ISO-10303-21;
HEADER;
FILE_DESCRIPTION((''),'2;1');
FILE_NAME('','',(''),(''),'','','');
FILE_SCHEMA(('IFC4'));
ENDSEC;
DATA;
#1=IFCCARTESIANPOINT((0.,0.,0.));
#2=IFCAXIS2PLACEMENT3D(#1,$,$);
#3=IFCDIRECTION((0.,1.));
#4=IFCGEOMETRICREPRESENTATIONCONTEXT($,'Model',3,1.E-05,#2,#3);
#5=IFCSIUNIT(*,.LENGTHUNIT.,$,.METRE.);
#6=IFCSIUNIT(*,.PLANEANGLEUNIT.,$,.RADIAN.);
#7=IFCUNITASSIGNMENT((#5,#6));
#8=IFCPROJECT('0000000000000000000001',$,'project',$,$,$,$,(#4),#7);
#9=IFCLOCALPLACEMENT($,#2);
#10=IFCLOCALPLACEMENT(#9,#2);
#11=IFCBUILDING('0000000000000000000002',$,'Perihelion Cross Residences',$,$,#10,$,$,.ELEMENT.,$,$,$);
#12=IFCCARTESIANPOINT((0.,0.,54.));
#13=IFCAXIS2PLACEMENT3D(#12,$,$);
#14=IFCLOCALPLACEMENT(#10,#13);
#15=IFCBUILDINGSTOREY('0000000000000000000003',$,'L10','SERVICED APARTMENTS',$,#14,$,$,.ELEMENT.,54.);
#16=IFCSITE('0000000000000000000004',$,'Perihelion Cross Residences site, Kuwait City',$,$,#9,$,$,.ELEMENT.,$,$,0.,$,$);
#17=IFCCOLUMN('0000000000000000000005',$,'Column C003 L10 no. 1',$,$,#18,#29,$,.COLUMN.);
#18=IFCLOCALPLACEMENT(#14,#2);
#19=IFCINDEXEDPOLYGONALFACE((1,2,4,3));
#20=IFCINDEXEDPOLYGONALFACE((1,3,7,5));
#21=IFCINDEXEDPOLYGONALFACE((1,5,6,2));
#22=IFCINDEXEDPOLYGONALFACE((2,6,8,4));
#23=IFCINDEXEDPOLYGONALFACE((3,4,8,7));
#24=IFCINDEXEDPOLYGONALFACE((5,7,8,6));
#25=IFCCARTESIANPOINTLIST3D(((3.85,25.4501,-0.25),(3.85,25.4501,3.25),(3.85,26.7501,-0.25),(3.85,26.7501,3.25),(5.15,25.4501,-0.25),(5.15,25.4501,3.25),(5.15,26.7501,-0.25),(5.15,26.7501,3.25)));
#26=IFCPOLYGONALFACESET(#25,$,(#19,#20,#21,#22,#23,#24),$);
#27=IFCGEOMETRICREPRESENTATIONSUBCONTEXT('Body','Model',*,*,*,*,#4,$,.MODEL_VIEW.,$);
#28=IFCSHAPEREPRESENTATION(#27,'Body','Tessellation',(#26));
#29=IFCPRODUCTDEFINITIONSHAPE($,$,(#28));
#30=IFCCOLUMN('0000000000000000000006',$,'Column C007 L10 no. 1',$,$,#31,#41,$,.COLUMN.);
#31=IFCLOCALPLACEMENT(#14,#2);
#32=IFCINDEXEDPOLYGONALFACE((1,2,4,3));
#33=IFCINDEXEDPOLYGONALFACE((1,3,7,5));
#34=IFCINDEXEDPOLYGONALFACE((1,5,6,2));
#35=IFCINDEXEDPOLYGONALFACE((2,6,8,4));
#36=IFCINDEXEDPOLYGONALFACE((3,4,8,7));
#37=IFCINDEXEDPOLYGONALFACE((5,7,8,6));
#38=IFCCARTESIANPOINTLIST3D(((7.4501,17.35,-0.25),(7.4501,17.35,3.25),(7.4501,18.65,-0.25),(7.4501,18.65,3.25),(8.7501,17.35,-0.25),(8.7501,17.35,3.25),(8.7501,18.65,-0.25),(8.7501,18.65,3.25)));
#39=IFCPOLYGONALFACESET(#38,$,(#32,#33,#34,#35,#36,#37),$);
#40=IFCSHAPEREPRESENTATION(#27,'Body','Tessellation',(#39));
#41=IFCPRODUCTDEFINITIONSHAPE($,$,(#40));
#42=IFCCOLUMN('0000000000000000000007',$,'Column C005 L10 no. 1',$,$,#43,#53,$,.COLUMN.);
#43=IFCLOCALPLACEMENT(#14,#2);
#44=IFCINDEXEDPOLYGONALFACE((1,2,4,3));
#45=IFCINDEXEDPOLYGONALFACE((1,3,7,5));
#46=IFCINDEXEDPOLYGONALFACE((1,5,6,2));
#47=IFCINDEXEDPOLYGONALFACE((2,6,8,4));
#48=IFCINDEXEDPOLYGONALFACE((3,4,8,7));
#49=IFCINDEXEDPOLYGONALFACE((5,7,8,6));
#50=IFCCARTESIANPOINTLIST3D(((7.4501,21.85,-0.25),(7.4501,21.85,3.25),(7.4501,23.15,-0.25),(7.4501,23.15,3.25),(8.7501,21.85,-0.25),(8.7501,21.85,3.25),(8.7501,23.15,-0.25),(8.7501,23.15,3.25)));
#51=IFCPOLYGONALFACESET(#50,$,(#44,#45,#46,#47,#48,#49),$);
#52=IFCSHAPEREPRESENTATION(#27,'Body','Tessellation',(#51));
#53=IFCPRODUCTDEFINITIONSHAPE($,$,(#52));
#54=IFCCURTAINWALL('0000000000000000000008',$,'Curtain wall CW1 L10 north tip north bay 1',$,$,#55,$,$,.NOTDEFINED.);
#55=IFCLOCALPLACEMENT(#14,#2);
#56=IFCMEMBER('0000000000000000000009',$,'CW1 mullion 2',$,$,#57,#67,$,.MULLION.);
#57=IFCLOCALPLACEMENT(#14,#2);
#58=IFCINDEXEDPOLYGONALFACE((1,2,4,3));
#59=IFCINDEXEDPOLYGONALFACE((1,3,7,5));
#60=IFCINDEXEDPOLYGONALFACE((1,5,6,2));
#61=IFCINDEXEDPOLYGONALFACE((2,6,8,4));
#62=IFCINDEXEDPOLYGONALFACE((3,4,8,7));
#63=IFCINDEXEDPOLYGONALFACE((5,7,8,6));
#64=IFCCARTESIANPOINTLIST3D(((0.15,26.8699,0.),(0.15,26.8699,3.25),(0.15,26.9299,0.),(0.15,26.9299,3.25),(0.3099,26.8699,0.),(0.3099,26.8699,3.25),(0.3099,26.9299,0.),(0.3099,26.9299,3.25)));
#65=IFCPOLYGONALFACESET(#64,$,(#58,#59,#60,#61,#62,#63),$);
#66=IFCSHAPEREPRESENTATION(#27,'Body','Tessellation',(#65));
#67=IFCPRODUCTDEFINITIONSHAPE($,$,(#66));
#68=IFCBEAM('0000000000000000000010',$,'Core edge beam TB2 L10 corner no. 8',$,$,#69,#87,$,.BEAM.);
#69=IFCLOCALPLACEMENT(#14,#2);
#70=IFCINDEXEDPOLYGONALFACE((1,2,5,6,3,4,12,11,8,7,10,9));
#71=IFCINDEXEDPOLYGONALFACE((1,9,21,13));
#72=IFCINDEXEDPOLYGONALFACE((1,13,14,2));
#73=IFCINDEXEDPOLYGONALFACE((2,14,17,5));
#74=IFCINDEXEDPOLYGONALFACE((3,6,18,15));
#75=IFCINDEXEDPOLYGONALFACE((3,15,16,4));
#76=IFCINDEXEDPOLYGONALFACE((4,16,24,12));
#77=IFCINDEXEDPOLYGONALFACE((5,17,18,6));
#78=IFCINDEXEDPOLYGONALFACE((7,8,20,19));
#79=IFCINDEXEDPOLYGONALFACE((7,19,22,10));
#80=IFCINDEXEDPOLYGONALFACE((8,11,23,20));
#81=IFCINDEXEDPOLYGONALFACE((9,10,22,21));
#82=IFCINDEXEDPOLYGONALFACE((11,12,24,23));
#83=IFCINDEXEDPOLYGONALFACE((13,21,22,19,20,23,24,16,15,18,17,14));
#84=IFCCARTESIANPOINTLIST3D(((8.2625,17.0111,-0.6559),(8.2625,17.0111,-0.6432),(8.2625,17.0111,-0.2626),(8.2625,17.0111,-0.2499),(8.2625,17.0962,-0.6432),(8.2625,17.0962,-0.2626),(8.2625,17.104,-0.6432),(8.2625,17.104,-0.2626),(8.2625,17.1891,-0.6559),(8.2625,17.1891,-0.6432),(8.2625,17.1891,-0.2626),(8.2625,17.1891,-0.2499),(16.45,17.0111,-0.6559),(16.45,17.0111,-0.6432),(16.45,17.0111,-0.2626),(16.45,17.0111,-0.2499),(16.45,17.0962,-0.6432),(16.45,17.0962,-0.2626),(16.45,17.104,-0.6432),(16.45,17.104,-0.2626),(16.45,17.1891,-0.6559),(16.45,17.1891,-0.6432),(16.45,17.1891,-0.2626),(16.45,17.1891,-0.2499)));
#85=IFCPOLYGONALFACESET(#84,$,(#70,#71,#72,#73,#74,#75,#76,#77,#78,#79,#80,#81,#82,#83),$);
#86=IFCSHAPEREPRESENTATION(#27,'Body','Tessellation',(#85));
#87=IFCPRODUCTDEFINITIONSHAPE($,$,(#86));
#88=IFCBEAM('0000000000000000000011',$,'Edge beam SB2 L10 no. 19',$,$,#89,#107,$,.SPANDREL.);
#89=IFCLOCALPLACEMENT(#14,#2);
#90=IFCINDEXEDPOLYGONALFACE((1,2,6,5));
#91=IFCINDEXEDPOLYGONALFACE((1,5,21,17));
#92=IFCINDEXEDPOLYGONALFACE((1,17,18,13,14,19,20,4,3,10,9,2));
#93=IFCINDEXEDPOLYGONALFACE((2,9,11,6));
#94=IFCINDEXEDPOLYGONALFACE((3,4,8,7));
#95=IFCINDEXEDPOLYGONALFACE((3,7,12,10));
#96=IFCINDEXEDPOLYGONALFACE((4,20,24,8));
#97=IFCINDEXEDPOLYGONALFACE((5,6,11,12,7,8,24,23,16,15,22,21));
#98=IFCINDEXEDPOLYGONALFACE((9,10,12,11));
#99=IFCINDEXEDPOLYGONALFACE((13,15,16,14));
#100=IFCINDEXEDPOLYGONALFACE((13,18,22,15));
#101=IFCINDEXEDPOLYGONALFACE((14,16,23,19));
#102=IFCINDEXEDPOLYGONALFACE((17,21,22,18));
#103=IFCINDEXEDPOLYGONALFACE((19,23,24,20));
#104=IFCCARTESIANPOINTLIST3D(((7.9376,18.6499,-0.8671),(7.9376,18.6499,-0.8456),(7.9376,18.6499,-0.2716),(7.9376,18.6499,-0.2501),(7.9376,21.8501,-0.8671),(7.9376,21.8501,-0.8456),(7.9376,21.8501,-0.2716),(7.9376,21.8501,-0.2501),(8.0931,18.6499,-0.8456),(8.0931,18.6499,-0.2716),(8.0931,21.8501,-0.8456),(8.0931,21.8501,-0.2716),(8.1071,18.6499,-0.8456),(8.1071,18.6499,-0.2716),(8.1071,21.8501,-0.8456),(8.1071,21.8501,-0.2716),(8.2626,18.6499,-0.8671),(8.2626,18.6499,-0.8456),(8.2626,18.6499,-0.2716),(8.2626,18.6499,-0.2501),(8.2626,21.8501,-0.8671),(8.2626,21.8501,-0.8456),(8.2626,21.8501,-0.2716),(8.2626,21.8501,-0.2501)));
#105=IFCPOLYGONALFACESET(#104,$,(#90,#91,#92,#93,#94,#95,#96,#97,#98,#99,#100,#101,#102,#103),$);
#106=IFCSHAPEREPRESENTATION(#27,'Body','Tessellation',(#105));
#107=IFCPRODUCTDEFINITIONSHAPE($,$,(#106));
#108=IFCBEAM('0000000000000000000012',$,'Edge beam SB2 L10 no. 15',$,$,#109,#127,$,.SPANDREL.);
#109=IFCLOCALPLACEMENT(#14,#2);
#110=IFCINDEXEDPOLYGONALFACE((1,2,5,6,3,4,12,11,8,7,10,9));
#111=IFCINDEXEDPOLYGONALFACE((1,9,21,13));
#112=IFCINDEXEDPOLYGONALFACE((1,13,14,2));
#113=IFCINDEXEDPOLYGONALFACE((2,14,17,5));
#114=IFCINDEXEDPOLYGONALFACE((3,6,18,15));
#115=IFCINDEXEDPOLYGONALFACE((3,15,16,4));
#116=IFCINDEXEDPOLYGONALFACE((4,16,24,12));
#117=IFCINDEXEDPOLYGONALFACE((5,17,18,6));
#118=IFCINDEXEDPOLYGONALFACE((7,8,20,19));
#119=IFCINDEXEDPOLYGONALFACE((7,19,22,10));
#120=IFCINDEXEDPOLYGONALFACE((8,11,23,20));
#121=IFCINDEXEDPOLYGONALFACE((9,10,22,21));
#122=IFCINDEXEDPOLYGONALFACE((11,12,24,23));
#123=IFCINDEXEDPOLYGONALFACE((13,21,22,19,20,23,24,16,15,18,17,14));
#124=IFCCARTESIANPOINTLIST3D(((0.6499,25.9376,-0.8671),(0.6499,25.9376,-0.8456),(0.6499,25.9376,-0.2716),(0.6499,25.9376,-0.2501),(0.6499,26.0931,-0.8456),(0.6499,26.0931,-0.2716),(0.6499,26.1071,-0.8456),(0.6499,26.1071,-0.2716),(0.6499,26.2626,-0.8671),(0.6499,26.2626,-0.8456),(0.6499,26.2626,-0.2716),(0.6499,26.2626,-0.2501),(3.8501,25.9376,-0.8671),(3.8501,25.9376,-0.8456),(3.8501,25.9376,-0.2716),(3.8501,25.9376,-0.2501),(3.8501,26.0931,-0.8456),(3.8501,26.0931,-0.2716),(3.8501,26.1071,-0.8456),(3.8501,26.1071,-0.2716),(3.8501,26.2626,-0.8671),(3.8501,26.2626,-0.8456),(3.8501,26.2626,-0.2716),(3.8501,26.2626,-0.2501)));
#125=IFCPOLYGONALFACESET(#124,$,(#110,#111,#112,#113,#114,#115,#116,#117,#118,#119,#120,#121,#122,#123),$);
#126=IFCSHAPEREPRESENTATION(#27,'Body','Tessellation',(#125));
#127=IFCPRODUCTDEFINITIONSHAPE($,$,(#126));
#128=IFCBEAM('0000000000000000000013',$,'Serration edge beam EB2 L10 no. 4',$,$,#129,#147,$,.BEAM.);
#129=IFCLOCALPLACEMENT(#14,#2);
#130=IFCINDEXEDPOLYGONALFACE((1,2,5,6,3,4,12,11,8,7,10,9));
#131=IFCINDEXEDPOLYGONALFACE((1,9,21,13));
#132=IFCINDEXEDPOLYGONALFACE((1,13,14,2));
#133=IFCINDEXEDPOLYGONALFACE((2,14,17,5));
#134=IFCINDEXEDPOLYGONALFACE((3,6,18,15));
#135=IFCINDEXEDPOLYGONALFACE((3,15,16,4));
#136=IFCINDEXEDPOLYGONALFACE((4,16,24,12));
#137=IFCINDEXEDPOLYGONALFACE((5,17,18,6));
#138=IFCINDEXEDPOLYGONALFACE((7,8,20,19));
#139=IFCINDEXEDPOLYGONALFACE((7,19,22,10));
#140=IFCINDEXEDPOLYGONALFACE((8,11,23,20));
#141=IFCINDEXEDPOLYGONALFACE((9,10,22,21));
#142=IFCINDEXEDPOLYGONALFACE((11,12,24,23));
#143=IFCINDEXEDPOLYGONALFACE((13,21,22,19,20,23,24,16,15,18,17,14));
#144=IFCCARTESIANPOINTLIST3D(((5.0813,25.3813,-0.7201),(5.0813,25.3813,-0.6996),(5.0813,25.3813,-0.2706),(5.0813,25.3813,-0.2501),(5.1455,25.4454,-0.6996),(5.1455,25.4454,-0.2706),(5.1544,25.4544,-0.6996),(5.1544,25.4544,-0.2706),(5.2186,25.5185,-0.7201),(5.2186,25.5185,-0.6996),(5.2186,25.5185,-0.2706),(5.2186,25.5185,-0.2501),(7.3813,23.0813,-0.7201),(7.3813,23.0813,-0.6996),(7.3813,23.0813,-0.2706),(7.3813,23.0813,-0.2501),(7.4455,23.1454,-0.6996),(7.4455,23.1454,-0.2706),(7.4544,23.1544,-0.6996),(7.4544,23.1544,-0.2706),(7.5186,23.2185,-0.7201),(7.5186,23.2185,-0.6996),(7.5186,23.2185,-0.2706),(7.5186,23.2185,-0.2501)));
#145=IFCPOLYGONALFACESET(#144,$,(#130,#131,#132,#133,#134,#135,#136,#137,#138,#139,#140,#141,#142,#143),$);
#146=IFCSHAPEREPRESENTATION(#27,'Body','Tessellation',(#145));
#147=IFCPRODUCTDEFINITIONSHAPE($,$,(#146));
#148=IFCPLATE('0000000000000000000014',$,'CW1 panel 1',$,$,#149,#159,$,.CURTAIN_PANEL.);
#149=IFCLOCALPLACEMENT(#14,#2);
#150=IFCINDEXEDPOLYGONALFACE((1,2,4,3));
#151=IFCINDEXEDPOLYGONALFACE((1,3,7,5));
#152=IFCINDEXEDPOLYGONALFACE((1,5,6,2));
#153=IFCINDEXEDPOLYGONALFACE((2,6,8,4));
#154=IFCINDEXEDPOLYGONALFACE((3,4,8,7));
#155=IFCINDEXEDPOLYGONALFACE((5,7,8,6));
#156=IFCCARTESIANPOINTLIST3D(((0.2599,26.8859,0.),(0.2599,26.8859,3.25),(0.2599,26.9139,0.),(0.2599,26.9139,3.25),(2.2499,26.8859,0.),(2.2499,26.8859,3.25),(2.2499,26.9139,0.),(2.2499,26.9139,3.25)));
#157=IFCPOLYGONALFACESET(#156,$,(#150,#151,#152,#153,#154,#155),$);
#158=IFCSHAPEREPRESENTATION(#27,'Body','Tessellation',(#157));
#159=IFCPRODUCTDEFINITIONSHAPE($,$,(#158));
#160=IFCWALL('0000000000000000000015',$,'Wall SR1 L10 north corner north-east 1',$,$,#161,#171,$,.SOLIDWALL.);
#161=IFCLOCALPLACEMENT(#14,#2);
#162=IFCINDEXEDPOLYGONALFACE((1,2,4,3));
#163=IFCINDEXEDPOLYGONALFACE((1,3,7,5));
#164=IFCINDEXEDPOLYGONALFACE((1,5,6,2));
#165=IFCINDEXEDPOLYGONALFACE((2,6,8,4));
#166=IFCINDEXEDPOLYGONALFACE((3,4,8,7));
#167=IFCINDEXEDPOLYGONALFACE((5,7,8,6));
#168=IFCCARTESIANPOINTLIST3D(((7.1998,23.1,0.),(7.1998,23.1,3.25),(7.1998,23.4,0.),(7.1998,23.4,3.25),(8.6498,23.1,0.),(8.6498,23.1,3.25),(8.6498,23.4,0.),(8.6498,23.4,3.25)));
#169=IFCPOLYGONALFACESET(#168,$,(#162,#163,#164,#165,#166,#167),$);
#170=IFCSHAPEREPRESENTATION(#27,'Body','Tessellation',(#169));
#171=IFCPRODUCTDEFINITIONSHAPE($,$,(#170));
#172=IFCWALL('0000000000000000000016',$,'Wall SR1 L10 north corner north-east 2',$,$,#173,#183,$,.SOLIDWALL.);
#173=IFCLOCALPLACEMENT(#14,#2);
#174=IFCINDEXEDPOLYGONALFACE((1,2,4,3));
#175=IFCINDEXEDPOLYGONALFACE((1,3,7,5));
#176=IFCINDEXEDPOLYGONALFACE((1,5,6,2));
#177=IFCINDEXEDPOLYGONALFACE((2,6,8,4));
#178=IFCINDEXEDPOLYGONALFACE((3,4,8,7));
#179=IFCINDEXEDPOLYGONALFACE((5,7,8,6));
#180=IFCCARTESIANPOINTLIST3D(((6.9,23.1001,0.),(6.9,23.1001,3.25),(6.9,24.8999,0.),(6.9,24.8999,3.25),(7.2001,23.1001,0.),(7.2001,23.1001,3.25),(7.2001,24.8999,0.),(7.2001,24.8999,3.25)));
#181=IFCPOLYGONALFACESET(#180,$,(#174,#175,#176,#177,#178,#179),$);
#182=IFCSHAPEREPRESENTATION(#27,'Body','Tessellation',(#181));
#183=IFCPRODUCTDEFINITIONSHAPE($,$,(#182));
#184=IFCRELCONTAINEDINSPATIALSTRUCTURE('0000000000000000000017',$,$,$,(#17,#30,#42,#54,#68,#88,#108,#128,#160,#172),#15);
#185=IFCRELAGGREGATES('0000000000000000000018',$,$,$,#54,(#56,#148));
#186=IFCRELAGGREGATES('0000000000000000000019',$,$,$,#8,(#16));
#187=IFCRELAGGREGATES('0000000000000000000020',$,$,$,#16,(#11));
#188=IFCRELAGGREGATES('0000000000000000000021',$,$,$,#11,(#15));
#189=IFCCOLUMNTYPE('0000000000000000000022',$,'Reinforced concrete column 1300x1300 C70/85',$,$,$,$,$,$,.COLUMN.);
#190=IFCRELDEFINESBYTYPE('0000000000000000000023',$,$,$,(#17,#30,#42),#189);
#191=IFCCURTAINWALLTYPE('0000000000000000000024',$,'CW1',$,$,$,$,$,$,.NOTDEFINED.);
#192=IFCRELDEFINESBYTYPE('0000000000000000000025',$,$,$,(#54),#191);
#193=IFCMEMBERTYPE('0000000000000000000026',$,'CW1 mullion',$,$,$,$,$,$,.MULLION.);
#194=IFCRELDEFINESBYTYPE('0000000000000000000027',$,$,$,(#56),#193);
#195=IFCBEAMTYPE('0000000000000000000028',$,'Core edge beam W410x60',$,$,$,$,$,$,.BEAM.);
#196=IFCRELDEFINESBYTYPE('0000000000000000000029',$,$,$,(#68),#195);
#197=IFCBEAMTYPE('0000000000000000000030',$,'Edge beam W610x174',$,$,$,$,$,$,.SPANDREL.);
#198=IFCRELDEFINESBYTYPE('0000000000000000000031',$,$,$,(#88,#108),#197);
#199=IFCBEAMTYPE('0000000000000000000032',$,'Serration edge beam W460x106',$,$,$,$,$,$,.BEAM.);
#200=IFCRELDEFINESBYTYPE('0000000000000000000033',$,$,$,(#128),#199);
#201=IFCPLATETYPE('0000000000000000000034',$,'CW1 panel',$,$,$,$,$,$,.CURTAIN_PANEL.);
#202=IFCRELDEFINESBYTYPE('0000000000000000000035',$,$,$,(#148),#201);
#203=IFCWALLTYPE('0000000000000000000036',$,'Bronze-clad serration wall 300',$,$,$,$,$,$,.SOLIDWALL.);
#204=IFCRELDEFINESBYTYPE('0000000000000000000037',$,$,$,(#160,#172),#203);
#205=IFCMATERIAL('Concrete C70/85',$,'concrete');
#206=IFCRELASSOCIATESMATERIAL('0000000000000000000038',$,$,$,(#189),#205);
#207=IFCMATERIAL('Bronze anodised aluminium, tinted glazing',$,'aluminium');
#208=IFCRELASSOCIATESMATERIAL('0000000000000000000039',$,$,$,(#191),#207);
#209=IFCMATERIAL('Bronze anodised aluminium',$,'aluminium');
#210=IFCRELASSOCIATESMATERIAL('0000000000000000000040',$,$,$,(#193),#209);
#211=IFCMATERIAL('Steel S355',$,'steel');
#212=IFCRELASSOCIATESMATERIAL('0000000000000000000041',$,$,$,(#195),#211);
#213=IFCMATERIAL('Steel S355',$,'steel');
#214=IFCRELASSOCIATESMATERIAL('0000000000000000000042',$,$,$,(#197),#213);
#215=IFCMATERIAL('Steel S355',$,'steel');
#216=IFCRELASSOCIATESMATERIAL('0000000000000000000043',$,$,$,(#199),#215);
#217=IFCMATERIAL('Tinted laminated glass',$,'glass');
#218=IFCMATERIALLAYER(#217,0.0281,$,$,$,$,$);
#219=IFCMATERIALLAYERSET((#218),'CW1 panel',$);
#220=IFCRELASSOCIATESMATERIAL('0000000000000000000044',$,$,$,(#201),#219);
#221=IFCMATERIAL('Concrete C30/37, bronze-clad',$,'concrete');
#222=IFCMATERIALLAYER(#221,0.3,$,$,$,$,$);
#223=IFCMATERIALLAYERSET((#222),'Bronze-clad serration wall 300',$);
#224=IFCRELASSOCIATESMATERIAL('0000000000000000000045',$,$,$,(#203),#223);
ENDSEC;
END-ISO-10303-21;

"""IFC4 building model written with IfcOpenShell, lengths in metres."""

from ifc_helpers import new_model, si_unit, direction, frame, frame_2d, origin, origin_2d, place, context, subcontext, project, spatial, rectangle, i_section, extrude, material, layer, layer_set, material_profile, profile_set, type_object, element, aggregate, save


model = new_model("IFC4")

# Units and contexts
model_context = context("Model", 3, precision=1e-05, world=origin(), true_north=direction((0.0, 1.0)))
body_context = subcontext(model_context, "Body", "Model", "MODEL_VIEW")
ifc_project = project(units=[si_unit("LENGTHUNIT", "METRE"), si_unit("PLANEANGLEUNIT", "RADIAN")], contexts=[model_context])

# Site, building, storey
site_placement = place(None, origin())
site = spatial("IfcSite", under=ifc_project, at=site_placement, Name="Perihelion Cross Residences site, Kuwait City", CompositionType="ELEMENT", RefElevation=0.0)
building_placement = place(site_placement, origin())
building = spatial("IfcBuilding", under=site, at=building_placement, Name="Perihelion Cross Residences", CompositionType="ELEMENT")
storey_placement = place(building_placement, frame((0.0, 0.0, 54.0)))
storey = spatial("IfcBuildingStorey", under=building, at=storey_placement, Name="L10", Description="SERVICED APARTMENTS", CompositionType="ELEMENT", Elevation=54.0)

# Columns
ifc_material_1 = material(Name="Concrete C70/85", Category="concrete")
ifc_material_profile_1 = material_profile(ifc_material_1, rectangle(XDim=1.3, YDim=1.3, at=origin_2d()), Name="RC 1300x1300")
ifc_profile_set_1 = profile_set([ifc_material_profile_1], Name="Concrete C70/85")
column_type = type_object("IfcColumnType", Name="Reinforced concrete column 1300x1300 C70/85", PredefinedType="COLUMN", material=ifc_profile_set_1)
for number, where, z_axis, x_axis, name in (
    (1, (4.5, 26.1001, -0.25), (0.0, 0.0, 1.0), (1.0, 0.0, 0.0), "Column C003 L10 no. 1"),
    (2, (8.1001, 18.0, -0.25), (0.0, 0.0, 1.0), (1.0, 0.0, 0.0), "Column C007 L10 no. 1"),
    (3, (8.1001, 22.5, -0.25), (0.0, 0.0, 1.0), (1.0, 0.0, 0.0), "Column C005 L10 no. 1"),
):
    element("IfcColumn", number, at=place(storey_placement, frame(where, z_axis=z_axis, x_axis=x_axis)), inside=storey, type_object=column_type, Name=name, PredefinedType="COLUMN", context=body_context, shape_type="SweptSolid", body=[
        extrude(rectangle(XDim=1.3, YDim=1.3, at=origin_2d()), origin(), (0.0, 0.0, 1.0), 3.5),
    ])

# Curtain wall, member
ifc_material_2 = material(Name="Bronze anodised aluminium, tinted glazing", Category="aluminium")
curtain_wall_type = type_object("IfcCurtainWallType", Name="CW1", PredefinedType="NOTDEFINED", material=ifc_material_2)
curtain_wall_placement = place(storey_placement, origin())
curtain_wall = element("IfcCurtainWall", 4, at=curtain_wall_placement, inside=storey, type_object=curtain_wall_type, Name="Curtain wall CW1 L10 north tip north bay 1", PredefinedType="NOTDEFINED")
ifc_material_3 = material(Name="Bronze anodised aluminium", Category="aluminium")
ifc_material_profile_2 = material_profile(ifc_material_3, rectangle(XDim=0.0601, YDim=0.1599, at=origin_2d()), Name="CW1 mullion")
ifc_profile_set_2 = profile_set([ifc_material_profile_2], Name="Bronze anodised aluminium")
member_type = type_object("IfcMemberType", Name="CW1 mullion", PredefinedType="MULLION", material=ifc_profile_set_2)
member_placement = place(storey_placement, frame((0.23, 26.8999, 0.0), z_axis=(0.0, 0.0, 1.0), x_axis=(0.0, -1.0, 0.0)))
member = element("IfcMember", 5, at=member_placement, type_object=member_type, Name="CW1 mullion 2", PredefinedType="MULLION", context=body_context, shape_type="SweptSolid", body=[
    extrude(rectangle(XDim=0.0601, YDim=0.1599, at=origin_2d()), origin(), (0.0, 0.0, 1.0), 3.25),
])

# Beams
ifc_material_4 = material(Name="Steel S355", Category="steel")
ifc_material_profile_3 = material_profile(ifc_material_4, i_section(OverallWidth=0.178, OverallDepth=0.406, WebThickness=0.0078, FlangeThickness=0.0127, at=origin_2d()), Name="W410x60")
ifc_profile_set_3 = profile_set([ifc_material_profile_3], Name="Steel S355")
beam_type_1 = type_object("IfcBeamType", Name="Core edge beam W410x60", PredefinedType="BEAM", material=ifc_profile_set_3)
beam_1_placement = place(storey_placement, frame((8.2625, 17.1001, -0.4529), z_axis=(1.0, 0.0, 0.0), x_axis=(0.0, 1.0, 0.0)))
element("IfcBeam", 6, at=beam_1_placement, inside=storey, type_object=beam_type_1, Name="Core edge beam TB2 L10 corner no. 8", PredefinedType="BEAM", context=body_context, shape_type="SweptSolid", body=[
    extrude(i_section(OverallWidth=0.178, OverallDepth=0.406, WebThickness=0.0078, FlangeThickness=0.0127, at=origin_2d()), origin(), (0.0, 0.0, 1.0), 8.1875),
])
ifc_material_5 = material(Name="Steel S355", Category="steel")
ifc_material_profile_4 = material_profile(ifc_material_5, i_section(OverallWidth=0.325, OverallDepth=0.6169, WebThickness=0.0139, FlangeThickness=0.0215, at=origin_2d()), Name="W610x174")
ifc_profile_set_4 = profile_set([ifc_material_profile_4], Name="Steel S355")
beam_type_2 = type_object("IfcBeamType", Name="Edge beam W610x174", PredefinedType="SPANDREL", material=ifc_profile_set_4)
for number, where, z_axis, x_axis, name in (
    (7, (8.1001, 18.6499, -0.5586), (0.0, 1.0, 0.0), (-1.0, 0.0, 0.0), "Edge beam SB2 L10 no. 19"),
    (8, (3.8501, 26.1001, -0.5586), (-1.0, 0.0, 0.0), (0.0, -1.0, 0.0), "Edge beam SB2 L10 no. 15"),
):
    element("IfcBeam", number, at=place(storey_placement, frame(where, z_axis=z_axis, x_axis=x_axis)), inside=storey, type_object=beam_type_2, Name=name, PredefinedType="SPANDREL", context=body_context, shape_type="SweptSolid", body=[
        extrude(i_section(OverallWidth=0.325, OverallDepth=0.6169, WebThickness=0.0139, FlangeThickness=0.0215, at=origin_2d()), origin(), (0.0, 0.0, 1.0), 3.2002),
    ])
ifc_material_6 = material(Name="Steel S355", Category="steel")
ifc_material_profile_5 = material_profile(ifc_material_6, i_section(OverallWidth=0.1941, OverallDepth=0.47, WebThickness=0.0127, FlangeThickness=0.0205, at=origin_2d()), Name="W460x106")
ifc_profile_set_5 = profile_set([ifc_material_profile_5], Name="Steel S355")
beam_type_3 = type_object("IfcBeamType", Name="Serration edge beam W460x106", PredefinedType="BEAM", material=ifc_profile_set_5)
beam_2_placement = place(storey_placement, frame((7.45, 23.1499, -0.4851), z_axis=(-0.707107, 0.707107, 0.0), x_axis=(-0.707107, -0.707107, 0.0)))
element("IfcBeam", 9, at=beam_2_placement, inside=storey, type_object=beam_type_3, Name="Serration edge beam EB2 L10 no. 4", PredefinedType="BEAM", context=body_context, shape_type="SweptSolid", body=[
    extrude(i_section(OverallWidth=0.1941, OverallDepth=0.47, WebThickness=0.0127, FlangeThickness=0.0205, at=origin_2d()), origin(), (0.0, 0.0, 1.0), 3.2527),
])

# Plate
ifc_material_7 = material(Name="Tinted laminated glass", Category="glass")
ifc_layer_1 = layer(ifc_material_7, 0.0281)
ifc_layer_set_1 = layer_set([ifc_layer_1], Name="CW1 panel")
plate_type = type_object("IfcPlateType", Name="CW1 panel", PredefinedType="CURTAIN_PANEL", material=ifc_layer_set_1)
plate_placement = place(storey_placement, frame((1.2549, 26.8999, 0.0), z_axis=(0.0, 0.0, 1.0), x_axis=(-1.0, 0.0, 0.0)))
plate = element("IfcPlate", 10, at=plate_placement, type_object=plate_type, Name="CW1 panel 1", PredefinedType="CURTAIN_PANEL", context=body_context, shape_type="SweptSolid", body=[
    extrude(rectangle(XDim=1.99, YDim=0.0281, at=origin_2d()), origin(), (0.0, 0.0, 1.0), 3.25),
])
aggregate(curtain_wall, [member, plate])

# Walls
ifc_material_8 = material(Name="Concrete C30/37, bronze-clad", Category="concrete")
ifc_layer_2 = layer(ifc_material_8, 0.3)
ifc_layer_set_2 = layer_set([ifc_layer_2], Name="Bronze-clad serration wall 300")
wall_type_1 = type_object("IfcWallType", Name="Bronze-clad serration wall 300", PredefinedType="SOLIDWALL", material=ifc_layer_set_2)
wall_1_placement = place(storey_placement, frame((8.6499, 23.25, 0.0), z_axis=(0.0, 0.0, 1.0), x_axis=(-1.0, 0.0, 0.0)))
element("IfcWall", 11, at=wall_1_placement, inside=storey, type_object=wall_type_1, Name="Wall SR1 L10 north corner north-east 1", PredefinedType="SOLIDWALL", context=body_context, shape_type="SweptSolid", body=[
    extrude(rectangle(XDim=1.45, YDim=0.3, at=frame_2d((0.7251, 0.0))), origin(), (0.0, 0.0, 1.0), 3.25),
])
wall_2_placement = place(storey_placement, frame((7.05, 23.1001, 0.0), z_axis=(0.0, 0.0, 1.0), x_axis=(0.0, 1.0, 0.0)))
element("IfcWall", 12, at=wall_2_placement, inside=storey, type_object=wall_type_1, Name="Wall SR1 L10 north corner north-east 2", PredefinedType="SOLIDWALL", context=body_context, shape_type="SweptSolid", body=[
    extrude(rectangle(XDim=1.7998, YDim=0.3, at=frame_2d((0.8999, 0.0))), origin(), (0.0, 0.0, 1.0), 3.25),
])

save(model, "model.ifc")
